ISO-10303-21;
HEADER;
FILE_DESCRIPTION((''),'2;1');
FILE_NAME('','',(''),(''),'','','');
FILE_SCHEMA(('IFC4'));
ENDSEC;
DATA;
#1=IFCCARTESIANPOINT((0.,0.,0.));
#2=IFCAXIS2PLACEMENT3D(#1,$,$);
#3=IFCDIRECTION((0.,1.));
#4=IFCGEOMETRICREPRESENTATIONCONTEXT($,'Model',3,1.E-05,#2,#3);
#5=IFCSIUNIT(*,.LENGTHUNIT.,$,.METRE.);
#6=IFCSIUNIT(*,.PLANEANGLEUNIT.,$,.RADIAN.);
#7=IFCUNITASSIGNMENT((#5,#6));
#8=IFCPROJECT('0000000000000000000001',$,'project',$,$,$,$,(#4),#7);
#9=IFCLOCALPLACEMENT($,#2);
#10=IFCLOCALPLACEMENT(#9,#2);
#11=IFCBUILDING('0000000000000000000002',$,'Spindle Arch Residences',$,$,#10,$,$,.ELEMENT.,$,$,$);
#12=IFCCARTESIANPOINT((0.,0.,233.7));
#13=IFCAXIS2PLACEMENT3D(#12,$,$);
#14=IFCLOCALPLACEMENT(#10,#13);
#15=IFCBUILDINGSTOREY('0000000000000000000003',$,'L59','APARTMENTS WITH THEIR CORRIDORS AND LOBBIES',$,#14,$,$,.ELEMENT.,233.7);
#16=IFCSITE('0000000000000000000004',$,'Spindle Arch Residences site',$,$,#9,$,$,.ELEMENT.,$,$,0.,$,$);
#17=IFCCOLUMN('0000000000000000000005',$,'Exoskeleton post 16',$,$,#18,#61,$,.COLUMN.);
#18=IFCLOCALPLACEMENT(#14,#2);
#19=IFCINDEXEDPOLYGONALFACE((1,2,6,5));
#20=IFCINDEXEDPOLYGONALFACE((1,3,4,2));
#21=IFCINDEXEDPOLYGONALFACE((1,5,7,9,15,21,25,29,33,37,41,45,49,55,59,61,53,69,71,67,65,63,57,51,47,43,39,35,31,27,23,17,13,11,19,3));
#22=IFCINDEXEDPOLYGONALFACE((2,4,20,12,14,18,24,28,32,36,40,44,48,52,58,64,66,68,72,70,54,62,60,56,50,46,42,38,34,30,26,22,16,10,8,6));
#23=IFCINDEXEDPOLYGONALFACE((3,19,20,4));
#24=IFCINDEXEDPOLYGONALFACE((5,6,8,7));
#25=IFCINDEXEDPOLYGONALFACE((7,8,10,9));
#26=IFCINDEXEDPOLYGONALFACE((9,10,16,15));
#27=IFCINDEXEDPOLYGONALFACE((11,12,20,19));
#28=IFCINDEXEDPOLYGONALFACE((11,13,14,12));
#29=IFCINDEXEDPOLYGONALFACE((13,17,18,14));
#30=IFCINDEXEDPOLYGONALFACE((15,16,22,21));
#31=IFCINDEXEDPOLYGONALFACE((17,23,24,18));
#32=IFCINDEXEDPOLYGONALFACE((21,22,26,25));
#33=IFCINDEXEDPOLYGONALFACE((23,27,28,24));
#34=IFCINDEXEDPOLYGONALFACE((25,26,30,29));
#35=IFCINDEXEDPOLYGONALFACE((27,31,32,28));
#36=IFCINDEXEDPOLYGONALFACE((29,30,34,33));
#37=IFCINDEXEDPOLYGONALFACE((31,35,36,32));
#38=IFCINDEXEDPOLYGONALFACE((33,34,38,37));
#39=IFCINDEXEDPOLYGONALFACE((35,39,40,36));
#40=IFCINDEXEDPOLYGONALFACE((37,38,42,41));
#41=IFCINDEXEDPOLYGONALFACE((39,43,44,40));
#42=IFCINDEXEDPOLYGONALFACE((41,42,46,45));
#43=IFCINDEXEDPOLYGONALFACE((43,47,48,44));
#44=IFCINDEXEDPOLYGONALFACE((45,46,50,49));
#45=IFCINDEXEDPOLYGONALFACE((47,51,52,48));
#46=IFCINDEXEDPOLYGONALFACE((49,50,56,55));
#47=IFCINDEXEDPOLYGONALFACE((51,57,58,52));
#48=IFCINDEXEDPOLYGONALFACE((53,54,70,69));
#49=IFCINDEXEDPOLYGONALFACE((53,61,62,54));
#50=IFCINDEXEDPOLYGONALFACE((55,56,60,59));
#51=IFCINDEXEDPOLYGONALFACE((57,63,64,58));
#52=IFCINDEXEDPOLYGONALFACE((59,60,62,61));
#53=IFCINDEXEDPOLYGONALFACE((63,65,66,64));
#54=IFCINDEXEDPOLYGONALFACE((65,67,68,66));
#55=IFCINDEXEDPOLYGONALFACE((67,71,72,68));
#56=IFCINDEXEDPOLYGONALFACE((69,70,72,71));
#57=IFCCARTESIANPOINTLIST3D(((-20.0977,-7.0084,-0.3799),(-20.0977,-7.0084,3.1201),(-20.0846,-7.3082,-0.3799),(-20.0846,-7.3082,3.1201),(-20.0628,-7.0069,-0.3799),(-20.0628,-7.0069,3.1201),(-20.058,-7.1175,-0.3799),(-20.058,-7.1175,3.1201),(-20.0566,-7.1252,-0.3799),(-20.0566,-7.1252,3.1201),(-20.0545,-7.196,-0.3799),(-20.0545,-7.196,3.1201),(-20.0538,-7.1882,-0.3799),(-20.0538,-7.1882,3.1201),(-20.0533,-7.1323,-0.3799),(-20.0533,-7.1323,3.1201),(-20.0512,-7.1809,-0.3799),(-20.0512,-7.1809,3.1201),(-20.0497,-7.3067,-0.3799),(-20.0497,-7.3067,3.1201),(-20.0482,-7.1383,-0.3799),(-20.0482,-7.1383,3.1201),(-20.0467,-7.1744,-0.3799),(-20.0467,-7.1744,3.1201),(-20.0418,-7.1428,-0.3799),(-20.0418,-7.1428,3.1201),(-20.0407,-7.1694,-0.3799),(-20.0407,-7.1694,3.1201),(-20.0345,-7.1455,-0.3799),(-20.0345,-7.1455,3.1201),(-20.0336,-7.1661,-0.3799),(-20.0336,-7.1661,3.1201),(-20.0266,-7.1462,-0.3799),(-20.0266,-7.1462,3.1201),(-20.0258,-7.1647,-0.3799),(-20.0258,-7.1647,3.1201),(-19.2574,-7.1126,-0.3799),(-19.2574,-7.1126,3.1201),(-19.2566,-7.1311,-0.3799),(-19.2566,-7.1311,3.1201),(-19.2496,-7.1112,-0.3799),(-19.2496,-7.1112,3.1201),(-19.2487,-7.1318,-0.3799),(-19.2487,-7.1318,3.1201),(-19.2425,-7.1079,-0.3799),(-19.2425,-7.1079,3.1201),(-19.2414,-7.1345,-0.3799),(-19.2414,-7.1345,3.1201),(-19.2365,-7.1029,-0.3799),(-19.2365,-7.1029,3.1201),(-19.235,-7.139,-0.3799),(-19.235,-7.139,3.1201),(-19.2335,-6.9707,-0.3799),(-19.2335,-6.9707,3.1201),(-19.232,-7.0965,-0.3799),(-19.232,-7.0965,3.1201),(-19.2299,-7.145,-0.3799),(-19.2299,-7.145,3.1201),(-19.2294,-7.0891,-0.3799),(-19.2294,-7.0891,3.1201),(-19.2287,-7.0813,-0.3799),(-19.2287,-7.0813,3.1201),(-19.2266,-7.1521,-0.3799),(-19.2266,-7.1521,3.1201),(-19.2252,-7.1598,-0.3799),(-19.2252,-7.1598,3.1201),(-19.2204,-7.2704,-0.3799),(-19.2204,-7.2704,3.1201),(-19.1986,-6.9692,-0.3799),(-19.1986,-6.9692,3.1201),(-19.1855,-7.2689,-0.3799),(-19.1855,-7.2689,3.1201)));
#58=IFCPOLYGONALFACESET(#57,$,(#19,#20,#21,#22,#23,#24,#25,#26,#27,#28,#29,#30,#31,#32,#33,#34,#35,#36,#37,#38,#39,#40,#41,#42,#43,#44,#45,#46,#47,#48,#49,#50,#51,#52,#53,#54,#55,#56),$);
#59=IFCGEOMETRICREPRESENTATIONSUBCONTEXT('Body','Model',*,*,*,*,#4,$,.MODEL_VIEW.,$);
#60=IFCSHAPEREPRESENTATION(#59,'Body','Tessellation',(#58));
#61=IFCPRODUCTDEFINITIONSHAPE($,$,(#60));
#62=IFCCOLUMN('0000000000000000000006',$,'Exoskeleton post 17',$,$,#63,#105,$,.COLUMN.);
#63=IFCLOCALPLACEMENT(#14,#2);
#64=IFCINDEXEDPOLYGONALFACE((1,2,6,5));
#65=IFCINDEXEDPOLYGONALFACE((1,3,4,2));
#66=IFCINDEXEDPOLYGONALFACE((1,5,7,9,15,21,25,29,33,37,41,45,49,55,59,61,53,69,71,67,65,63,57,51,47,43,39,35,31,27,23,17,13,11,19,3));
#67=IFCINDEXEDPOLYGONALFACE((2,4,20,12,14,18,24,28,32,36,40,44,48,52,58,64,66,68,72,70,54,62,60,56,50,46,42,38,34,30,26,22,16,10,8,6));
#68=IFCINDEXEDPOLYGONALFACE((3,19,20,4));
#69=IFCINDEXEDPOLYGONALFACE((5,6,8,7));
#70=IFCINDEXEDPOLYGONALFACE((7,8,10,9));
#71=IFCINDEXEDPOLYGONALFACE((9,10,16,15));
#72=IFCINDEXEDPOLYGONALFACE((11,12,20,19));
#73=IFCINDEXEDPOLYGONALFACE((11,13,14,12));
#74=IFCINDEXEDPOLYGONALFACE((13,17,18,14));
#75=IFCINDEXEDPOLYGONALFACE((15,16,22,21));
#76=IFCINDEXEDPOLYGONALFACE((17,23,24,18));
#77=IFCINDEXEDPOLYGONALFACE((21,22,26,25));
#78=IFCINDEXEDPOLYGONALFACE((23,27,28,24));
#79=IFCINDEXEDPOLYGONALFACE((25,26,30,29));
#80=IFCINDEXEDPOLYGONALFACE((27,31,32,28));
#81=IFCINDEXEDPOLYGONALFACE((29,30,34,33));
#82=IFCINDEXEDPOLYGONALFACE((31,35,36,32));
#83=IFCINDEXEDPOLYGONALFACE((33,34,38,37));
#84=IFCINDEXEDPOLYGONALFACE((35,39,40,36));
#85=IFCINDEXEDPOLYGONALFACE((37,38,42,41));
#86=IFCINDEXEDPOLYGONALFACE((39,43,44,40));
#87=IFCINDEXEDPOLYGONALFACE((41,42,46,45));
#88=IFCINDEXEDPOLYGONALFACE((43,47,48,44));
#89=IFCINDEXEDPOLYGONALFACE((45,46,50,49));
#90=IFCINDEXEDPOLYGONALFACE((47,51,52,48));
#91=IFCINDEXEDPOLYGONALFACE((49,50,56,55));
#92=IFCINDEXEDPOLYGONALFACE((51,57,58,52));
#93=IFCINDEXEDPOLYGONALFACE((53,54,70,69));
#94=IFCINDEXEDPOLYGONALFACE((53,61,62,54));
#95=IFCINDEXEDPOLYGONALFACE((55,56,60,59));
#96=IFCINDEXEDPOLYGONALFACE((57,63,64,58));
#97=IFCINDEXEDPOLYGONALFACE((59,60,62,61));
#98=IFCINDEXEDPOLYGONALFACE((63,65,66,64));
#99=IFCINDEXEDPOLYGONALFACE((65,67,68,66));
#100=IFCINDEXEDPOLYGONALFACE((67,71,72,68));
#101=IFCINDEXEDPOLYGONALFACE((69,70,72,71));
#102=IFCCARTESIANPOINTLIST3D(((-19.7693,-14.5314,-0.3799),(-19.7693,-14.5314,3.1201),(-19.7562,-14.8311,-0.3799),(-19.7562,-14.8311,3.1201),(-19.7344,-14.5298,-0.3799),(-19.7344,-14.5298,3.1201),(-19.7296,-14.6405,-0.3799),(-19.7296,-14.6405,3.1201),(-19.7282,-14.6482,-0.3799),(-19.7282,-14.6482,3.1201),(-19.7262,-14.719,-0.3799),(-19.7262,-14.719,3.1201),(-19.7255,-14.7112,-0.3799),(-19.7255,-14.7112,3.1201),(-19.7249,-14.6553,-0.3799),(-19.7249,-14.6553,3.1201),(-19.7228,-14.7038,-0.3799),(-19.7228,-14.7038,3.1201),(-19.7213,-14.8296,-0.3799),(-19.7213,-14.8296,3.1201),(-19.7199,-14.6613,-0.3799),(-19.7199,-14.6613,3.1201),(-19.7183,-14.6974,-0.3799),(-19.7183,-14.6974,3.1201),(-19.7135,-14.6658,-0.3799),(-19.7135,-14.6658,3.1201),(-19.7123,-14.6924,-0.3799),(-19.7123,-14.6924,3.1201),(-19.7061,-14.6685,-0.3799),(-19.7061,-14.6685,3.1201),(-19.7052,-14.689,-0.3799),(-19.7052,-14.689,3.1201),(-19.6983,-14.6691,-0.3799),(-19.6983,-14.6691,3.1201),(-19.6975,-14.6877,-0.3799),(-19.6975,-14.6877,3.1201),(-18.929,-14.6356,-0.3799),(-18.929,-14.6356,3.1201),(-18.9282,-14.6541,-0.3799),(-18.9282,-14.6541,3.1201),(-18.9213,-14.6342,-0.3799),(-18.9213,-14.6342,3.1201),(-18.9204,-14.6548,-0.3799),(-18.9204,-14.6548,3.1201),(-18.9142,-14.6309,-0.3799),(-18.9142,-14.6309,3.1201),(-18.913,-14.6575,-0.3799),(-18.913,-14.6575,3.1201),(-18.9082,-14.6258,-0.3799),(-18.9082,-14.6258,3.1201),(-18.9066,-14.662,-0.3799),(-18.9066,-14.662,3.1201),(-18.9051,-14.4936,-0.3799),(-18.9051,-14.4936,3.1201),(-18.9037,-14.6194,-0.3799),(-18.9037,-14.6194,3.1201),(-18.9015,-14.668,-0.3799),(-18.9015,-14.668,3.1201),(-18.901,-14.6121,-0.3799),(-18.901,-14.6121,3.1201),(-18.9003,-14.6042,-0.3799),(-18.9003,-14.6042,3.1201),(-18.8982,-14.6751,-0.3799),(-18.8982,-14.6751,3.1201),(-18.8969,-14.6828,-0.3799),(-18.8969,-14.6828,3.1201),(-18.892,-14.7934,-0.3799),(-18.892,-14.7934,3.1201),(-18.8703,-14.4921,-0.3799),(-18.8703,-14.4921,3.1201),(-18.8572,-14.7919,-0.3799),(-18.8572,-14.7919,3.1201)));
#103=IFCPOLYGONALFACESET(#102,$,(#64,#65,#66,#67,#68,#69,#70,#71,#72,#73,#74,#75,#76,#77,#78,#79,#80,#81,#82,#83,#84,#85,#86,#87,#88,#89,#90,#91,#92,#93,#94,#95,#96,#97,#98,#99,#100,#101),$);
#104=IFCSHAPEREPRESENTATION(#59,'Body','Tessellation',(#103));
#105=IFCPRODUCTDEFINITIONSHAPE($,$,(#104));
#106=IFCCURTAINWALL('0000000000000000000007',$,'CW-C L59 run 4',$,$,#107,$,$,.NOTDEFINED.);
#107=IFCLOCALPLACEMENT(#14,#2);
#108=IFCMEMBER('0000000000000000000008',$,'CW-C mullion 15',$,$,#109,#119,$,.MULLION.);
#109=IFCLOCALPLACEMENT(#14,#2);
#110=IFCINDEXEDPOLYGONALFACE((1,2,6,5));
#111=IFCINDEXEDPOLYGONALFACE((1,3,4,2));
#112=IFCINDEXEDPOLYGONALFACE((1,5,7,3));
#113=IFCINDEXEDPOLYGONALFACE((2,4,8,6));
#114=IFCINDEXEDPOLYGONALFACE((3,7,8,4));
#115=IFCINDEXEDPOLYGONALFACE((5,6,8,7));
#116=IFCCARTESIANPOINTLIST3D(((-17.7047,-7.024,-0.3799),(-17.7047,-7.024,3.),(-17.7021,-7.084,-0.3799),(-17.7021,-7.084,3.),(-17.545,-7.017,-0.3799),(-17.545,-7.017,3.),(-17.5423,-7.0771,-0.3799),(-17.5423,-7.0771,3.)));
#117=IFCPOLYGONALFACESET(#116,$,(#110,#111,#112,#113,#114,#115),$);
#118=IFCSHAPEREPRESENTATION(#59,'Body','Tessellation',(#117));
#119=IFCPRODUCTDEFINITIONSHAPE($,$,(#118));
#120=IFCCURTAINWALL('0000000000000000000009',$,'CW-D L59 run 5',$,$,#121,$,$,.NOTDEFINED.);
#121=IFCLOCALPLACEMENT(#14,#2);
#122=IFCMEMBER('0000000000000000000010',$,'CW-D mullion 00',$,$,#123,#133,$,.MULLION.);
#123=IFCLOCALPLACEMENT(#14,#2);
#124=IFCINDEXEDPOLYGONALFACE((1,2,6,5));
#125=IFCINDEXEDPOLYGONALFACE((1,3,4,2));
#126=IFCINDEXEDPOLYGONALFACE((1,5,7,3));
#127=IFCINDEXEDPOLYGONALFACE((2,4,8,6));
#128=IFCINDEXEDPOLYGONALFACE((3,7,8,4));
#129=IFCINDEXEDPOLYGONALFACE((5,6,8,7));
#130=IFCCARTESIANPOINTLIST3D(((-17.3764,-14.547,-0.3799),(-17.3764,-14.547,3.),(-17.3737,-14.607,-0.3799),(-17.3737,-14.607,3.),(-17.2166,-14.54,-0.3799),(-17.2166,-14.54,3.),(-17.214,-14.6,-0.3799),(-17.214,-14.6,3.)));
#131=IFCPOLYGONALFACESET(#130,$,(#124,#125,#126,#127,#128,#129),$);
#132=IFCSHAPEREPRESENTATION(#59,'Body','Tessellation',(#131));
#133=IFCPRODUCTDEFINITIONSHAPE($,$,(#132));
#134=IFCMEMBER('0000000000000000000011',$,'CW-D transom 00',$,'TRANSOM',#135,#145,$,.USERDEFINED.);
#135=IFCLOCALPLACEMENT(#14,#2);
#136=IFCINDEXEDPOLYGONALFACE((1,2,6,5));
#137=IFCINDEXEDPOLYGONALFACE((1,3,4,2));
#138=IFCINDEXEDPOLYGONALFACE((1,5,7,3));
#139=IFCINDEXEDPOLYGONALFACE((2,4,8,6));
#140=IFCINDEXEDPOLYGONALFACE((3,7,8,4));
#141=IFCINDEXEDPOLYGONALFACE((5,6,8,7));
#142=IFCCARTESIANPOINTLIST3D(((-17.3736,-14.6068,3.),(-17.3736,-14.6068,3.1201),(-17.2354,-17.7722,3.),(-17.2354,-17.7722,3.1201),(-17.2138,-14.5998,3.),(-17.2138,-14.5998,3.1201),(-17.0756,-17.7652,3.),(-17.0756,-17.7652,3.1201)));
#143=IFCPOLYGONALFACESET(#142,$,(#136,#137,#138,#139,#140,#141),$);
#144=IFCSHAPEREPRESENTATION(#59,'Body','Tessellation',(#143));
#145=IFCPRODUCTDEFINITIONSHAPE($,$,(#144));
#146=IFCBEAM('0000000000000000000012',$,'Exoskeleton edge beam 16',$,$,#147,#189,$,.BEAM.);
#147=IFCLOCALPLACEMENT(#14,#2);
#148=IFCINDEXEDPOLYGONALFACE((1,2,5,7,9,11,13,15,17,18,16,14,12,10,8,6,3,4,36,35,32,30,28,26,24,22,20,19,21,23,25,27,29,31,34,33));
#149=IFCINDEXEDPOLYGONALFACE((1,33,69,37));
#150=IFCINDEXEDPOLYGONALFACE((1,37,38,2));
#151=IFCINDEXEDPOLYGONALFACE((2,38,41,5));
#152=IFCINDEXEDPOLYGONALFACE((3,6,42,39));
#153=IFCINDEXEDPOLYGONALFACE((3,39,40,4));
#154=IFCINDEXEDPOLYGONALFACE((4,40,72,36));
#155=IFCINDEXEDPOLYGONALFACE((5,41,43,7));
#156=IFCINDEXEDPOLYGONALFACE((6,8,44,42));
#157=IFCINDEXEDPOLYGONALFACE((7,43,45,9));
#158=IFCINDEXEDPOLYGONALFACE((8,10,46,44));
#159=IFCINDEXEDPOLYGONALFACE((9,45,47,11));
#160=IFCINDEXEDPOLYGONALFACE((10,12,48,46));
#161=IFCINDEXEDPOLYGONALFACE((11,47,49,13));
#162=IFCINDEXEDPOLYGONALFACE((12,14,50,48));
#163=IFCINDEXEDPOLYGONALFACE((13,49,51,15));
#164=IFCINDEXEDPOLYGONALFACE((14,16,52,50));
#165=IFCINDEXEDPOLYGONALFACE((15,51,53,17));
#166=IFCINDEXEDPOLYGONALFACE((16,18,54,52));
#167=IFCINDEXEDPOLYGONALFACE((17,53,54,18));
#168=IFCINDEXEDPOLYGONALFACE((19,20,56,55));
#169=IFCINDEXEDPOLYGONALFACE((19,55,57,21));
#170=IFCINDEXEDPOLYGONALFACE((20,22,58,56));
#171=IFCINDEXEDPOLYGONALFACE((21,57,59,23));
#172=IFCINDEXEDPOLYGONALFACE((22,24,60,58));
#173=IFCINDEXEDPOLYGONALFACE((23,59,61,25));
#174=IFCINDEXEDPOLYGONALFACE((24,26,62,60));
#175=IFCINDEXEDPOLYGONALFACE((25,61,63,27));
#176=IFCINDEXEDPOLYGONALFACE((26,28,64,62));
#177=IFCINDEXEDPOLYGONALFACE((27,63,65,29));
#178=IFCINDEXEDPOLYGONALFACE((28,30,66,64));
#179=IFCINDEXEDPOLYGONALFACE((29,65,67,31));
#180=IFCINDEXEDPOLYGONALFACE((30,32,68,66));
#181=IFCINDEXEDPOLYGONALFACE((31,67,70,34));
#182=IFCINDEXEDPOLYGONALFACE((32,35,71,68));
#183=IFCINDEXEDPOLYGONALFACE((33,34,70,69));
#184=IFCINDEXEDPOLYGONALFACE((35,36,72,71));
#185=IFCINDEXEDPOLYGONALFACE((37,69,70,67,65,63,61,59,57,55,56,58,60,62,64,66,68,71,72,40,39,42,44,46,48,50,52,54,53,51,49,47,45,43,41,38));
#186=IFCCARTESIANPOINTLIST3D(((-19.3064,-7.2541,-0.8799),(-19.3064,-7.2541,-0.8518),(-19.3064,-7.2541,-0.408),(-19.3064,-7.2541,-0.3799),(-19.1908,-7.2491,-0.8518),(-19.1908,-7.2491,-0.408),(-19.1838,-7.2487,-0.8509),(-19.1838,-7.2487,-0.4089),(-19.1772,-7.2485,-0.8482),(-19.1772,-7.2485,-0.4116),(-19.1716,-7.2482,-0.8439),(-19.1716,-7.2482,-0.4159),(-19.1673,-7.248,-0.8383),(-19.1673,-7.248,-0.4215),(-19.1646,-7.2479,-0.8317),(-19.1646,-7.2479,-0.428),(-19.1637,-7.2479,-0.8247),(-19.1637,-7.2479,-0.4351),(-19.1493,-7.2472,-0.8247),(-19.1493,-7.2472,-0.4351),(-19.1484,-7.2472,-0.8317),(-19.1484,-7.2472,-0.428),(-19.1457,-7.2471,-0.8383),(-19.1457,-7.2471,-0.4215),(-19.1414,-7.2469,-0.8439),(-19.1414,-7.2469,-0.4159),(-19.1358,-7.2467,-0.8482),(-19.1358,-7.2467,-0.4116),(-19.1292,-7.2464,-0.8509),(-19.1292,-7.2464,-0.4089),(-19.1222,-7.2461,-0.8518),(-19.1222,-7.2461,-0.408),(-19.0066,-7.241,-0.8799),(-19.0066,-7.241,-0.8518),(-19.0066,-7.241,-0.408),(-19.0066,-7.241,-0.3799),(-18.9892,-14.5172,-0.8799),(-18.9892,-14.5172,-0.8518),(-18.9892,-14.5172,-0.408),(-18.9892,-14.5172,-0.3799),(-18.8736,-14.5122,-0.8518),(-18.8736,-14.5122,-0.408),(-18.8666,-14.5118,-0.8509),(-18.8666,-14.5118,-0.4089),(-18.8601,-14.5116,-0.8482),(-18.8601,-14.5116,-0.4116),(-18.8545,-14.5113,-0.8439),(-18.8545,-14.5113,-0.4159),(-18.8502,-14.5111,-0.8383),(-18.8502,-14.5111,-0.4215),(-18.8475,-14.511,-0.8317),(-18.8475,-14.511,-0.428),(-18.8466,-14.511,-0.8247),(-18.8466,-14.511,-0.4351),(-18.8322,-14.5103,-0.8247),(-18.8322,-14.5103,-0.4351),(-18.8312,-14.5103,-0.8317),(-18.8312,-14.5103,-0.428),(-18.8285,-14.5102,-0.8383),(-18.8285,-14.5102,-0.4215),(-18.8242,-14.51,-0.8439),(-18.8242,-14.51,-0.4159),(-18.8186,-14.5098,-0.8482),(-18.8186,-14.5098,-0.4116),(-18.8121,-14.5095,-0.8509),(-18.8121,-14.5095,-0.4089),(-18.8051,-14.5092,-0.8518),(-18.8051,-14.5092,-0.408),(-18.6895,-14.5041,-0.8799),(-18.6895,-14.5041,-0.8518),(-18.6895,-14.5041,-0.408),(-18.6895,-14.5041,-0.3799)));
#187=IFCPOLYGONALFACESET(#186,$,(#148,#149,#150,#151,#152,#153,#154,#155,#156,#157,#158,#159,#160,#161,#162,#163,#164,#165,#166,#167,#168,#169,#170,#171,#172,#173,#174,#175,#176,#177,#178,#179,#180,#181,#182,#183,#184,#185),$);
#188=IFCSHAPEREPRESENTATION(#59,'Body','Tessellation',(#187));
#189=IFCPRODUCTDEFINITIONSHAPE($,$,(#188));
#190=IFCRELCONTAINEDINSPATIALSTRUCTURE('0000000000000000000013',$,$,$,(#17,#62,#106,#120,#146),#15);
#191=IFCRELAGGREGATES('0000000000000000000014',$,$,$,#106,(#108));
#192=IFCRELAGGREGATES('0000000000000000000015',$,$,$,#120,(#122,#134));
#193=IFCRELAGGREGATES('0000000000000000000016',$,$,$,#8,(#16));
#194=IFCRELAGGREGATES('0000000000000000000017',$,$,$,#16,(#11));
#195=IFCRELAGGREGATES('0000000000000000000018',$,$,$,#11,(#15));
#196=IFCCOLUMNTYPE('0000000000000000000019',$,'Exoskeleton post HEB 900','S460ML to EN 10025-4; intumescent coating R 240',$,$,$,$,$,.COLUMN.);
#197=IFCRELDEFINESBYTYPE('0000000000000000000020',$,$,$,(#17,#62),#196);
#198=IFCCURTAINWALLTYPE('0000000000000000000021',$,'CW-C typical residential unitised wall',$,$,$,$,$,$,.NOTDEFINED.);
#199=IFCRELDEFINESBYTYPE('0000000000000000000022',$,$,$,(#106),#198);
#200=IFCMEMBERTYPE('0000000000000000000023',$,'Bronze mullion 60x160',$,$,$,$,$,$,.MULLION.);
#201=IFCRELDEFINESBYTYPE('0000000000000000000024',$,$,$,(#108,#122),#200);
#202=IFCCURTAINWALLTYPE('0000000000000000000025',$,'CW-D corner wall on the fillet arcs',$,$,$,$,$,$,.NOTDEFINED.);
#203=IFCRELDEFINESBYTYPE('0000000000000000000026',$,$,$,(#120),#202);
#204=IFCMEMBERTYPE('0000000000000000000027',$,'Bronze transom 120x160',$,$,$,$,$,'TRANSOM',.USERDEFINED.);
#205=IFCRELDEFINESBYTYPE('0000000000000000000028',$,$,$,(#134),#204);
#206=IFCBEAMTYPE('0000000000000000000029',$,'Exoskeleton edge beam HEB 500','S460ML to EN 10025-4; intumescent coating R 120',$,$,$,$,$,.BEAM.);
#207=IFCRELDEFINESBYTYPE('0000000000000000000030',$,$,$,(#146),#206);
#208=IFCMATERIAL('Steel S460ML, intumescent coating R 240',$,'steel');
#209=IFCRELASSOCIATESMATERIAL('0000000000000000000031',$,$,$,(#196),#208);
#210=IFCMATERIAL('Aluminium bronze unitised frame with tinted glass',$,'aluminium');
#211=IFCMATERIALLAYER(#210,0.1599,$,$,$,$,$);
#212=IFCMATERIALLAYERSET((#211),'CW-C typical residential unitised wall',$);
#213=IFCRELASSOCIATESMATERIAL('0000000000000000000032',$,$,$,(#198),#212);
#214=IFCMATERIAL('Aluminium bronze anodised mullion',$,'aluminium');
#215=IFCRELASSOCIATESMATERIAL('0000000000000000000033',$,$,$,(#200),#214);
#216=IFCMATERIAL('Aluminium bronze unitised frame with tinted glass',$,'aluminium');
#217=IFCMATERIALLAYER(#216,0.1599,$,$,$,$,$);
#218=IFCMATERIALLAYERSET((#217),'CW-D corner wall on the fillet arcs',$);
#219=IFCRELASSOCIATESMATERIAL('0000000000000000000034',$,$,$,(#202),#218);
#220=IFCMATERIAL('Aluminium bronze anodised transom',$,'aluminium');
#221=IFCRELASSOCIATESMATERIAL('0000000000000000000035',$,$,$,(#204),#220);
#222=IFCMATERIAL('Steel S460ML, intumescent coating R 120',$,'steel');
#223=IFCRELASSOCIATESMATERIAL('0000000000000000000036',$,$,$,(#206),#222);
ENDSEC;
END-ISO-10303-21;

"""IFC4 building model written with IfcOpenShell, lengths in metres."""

from ifc_helpers import new_model, si_unit, direction, frame, origin, origin_2d, place, context, subcontext, project, spatial, rectangle, i_section, extrude, material, layer, layer_set, material_profile, profile_set, type_object, element, aggregate, save


model = new_model("IFC4")

# Units and contexts
model_context = context("Model", 3, precision=1e-05, world=origin(), true_north=direction((0.0, 1.0)))
body_context = subcontext(model_context, "Body", "Model", "MODEL_VIEW")
ifc_project = project(units=[si_unit("LENGTHUNIT", "METRE"), si_unit("PLANEANGLEUNIT", "RADIAN")], contexts=[model_context])

# Site, building, storey
site_placement = place(None, origin())
site = spatial("IfcSite", under=ifc_project, at=site_placement, Name="Spindle Arch Residences site", CompositionType="ELEMENT", RefElevation=0.0)
building_placement = place(site_placement, origin())
building = spatial("IfcBuilding", under=site, at=building_placement, Name="Spindle Arch Residences", CompositionType="ELEMENT")
storey_placement = place(building_placement, frame((0.0, 0.0, 233.7)))
storey = spatial("IfcBuildingStorey", under=building, at=storey_placement, Name="L59", Description="APARTMENTS WITH THEIR CORRIDORS AND LOBBIES", CompositionType="ELEMENT", Elevation=233.7)

# Columns
ifc_material_1 = material(Name="Steel S460ML, intumescent coating R 240", Category="steel")
ifc_material_profile_1 = material_profile(ifc_material_1, i_section(OverallWidth=0.3, OverallDepth=0.8999, WebThickness=0.0186, FlangeThickness=0.0349, FilletRadius=0.03, at=origin_2d()), Name="HEB 900")
ifc_profile_set_1 = profile_set([ifc_material_profile_1], Name="Steel S460ML, intumescent coating R 240")
column_type = type_object("IfcColumnType", Name="Exoskeleton post HEB 900", Description="S460ML to EN 10025-4; intumescent coating R 240", PredefinedType="COLUMN", material=ifc_profile_set_1)
for number, where, z_axis, x_axis, name in (
    (1, (-19.6416, -7.1387, -0.3799), (0.0, 0.0, 1.0), (-0.043619, 0.999048, 0.0), "Exoskeleton post 16"),
    (2, (-19.3132, -14.6616, -0.3799), (0.0, 0.0, 1.0), (-0.043619, 0.999048, 0.0), "Exoskeleton post 17"),
):
    element("IfcColumn", number, at=place(storey_placement, frame(where, z_axis=z_axis, x_axis=x_axis)), inside=storey, type_object=column_type, Name=name, PredefinedType="COLUMN", context=body_context, shape_type="SweptSolid", body=[
        extrude(i_section(OverallWidth=0.3, OverallDepth=0.8999, WebThickness=0.0186, FlangeThickness=0.0349, FilletRadius=0.03, at=origin_2d()), origin(), (0.0, 0.0, 1.0), 3.5),
    ])

# Curtain wall, member
ifc_material_2 = material(Name="Aluminium bronze unitised frame with tinted glass", Category="aluminium")
ifc_layer_1 = layer(ifc_material_2, 0.1599)
ifc_layer_set_1 = layer_set([ifc_layer_1], Name="CW-C typical residential unitised wall")
curtain_wall_type_1 = type_object("IfcCurtainWallType", Name="CW-C typical residential unitised wall", PredefinedType="NOTDEFINED", material=ifc_layer_set_1)
curtain_wall_1_placement = place(storey_placement, origin())
curtain_wall_1 = element("IfcCurtainWall", 3, at=curtain_wall_1_placement, inside=storey, type_object=curtain_wall_type_1, Name="CW-C L59 run 4", PredefinedType="NOTDEFINED")
ifc_material_3 = material(Name="Aluminium bronze anodised mullion", Category="aluminium")
ifc_material_profile_2 = material_profile(ifc_material_3, rectangle(XDim=0.1599, YDim=0.0601, at=origin_2d()), Name="MU 60x160")
ifc_profile_set_2 = profile_set([ifc_material_profile_2], Name="Aluminium bronze anodised mullion")
member_type_1 = type_object("IfcMemberType", Name="Bronze mullion 60x160", PredefinedType="MULLION", material=ifc_profile_set_2)
member_1_placement = place(storey_placement, frame((-17.6235, -7.0505, -0.3799), z_axis=(0.0, 0.0, 1.0), x_axis=(0.999048, 0.043619, 0.0)))
member_1 = element("IfcMember", 4, at=member_1_placement, type_object=member_type_1, Name="CW-C mullion 15", PredefinedType="MULLION", context=body_context, shape_type="SweptSolid", body=[
    extrude(rectangle(XDim=0.1599, YDim=0.0601, at=origin_2d()), origin(), (0.0, 0.0, 1.0), 3.3799),
])

# Curtain wall, members
ifc_material_4 = material(Name="Aluminium bronze unitised frame with tinted glass", Category="aluminium")
ifc_layer_2 = layer(ifc_material_4, 0.1599)
ifc_layer_set_2 = layer_set([ifc_layer_2], Name="CW-D corner wall on the fillet arcs")
curtain_wall_type_2 = type_object("IfcCurtainWallType", Name="CW-D corner wall on the fillet arcs", PredefinedType="NOTDEFINED", material=ifc_layer_set_2)
curtain_wall_2_placement = place(storey_placement, origin())
curtain_wall_2 = element("IfcCurtainWall", 5, at=curtain_wall_2_placement, inside=storey, type_object=curtain_wall_type_2, Name="CW-D L59 run 5", PredefinedType="NOTDEFINED")
member_2_placement = place(storey_placement, frame((-17.2952, -14.5735, -0.3799), z_axis=(0.0, 0.0, 1.0), x_axis=(0.999048, 0.043619, 0.0)))
member_2 = element("IfcMember", 6, at=member_2_placement, type_object=member_type_1, Name="CW-D mullion 00", PredefinedType="MULLION", context=body_context, shape_type="SweptSolid", body=[
    extrude(rectangle(XDim=0.1599, YDim=0.0601, at=origin_2d()), origin(), (0.0, 0.0, 1.0), 3.3799),
])
ifc_material_5 = material(Name="Aluminium bronze anodised transom", Category="aluminium")
ifc_material_profile_3 = material_profile(ifc_material_5, rectangle(XDim=0.1599, YDim=0.1201, at=origin_2d()), Name="TR 120x160")
ifc_profile_set_3 = profile_set([ifc_material_profile_3], Name="Aluminium bronze anodised transom")
member_type_2 = type_object("IfcMemberType", Name="Bronze transom 120x160", ElementType="TRANSOM", PredefinedType="USERDEFINED", material=ifc_profile_set_3)
member_3_placement = place(storey_placement, frame((-17.2937, -14.6033, 3.0601), z_axis=(0.043611, -0.999049, 0.0), x_axis=(0.999049, 0.043611, 0.0)))
member_3 = element("IfcMember", 7, at=member_3_placement, type_object=member_type_2, Name="CW-D transom 00", ObjectType="TRANSOM", PredefinedType="USERDEFINED", context=body_context, shape_type="SweptSolid", body=[
    extrude(rectangle(XDim=0.1599, YDim=0.1201, at=origin_2d()), origin(), (0.0, 0.0, 1.0), 3.1685),
])

# Beam
ifc_material_6 = material(Name="Steel S460ML, intumescent coating R 120", Category="steel")
ifc_material_profile_4 = material_profile(ifc_material_6, i_section(OverallWidth=0.3, OverallDepth=0.5, WebThickness=0.0144, FlangeThickness=0.0281, FilletRadius=0.0271, at=origin_2d()), Name="HEB 500")
ifc_profile_set_4 = profile_set([ifc_material_profile_4], Name="Steel S460ML, intumescent coating R 120")
beam_type_1 = type_object("IfcBeamType", Name="Exoskeleton edge beam HEB 500", Description="S460ML to EN 10025-4; intumescent coating R 120", PredefinedType="BEAM", material=ifc_profile_set_4)
beam_1_placement = place(storey_placement, frame((-19.1565, -7.2476, -0.6299), z_axis=(0.043622, -0.999048, 0.0), x_axis=(0.999048, 0.043622, 0.0)))
element("IfcBeam", 8, at=beam_1_placement, inside=storey, type_object=beam_type_1, Name="Exoskeleton edge beam 16", PredefinedType="BEAM", context=body_context, shape_type="SweptSolid", body=[
    extrude(i_section(OverallWidth=0.3, OverallDepth=0.5, WebThickness=0.0144, FlangeThickness=0.0281, FilletRadius=0.0271, at=origin_2d()), origin(), (0.0, 0.0, 1.0), 7.27),
])

aggregate(curtain_wall_1, [member_1])
aggregate(curtain_wall_2, [member_2, member_3])

save(model, "model.ifc")
